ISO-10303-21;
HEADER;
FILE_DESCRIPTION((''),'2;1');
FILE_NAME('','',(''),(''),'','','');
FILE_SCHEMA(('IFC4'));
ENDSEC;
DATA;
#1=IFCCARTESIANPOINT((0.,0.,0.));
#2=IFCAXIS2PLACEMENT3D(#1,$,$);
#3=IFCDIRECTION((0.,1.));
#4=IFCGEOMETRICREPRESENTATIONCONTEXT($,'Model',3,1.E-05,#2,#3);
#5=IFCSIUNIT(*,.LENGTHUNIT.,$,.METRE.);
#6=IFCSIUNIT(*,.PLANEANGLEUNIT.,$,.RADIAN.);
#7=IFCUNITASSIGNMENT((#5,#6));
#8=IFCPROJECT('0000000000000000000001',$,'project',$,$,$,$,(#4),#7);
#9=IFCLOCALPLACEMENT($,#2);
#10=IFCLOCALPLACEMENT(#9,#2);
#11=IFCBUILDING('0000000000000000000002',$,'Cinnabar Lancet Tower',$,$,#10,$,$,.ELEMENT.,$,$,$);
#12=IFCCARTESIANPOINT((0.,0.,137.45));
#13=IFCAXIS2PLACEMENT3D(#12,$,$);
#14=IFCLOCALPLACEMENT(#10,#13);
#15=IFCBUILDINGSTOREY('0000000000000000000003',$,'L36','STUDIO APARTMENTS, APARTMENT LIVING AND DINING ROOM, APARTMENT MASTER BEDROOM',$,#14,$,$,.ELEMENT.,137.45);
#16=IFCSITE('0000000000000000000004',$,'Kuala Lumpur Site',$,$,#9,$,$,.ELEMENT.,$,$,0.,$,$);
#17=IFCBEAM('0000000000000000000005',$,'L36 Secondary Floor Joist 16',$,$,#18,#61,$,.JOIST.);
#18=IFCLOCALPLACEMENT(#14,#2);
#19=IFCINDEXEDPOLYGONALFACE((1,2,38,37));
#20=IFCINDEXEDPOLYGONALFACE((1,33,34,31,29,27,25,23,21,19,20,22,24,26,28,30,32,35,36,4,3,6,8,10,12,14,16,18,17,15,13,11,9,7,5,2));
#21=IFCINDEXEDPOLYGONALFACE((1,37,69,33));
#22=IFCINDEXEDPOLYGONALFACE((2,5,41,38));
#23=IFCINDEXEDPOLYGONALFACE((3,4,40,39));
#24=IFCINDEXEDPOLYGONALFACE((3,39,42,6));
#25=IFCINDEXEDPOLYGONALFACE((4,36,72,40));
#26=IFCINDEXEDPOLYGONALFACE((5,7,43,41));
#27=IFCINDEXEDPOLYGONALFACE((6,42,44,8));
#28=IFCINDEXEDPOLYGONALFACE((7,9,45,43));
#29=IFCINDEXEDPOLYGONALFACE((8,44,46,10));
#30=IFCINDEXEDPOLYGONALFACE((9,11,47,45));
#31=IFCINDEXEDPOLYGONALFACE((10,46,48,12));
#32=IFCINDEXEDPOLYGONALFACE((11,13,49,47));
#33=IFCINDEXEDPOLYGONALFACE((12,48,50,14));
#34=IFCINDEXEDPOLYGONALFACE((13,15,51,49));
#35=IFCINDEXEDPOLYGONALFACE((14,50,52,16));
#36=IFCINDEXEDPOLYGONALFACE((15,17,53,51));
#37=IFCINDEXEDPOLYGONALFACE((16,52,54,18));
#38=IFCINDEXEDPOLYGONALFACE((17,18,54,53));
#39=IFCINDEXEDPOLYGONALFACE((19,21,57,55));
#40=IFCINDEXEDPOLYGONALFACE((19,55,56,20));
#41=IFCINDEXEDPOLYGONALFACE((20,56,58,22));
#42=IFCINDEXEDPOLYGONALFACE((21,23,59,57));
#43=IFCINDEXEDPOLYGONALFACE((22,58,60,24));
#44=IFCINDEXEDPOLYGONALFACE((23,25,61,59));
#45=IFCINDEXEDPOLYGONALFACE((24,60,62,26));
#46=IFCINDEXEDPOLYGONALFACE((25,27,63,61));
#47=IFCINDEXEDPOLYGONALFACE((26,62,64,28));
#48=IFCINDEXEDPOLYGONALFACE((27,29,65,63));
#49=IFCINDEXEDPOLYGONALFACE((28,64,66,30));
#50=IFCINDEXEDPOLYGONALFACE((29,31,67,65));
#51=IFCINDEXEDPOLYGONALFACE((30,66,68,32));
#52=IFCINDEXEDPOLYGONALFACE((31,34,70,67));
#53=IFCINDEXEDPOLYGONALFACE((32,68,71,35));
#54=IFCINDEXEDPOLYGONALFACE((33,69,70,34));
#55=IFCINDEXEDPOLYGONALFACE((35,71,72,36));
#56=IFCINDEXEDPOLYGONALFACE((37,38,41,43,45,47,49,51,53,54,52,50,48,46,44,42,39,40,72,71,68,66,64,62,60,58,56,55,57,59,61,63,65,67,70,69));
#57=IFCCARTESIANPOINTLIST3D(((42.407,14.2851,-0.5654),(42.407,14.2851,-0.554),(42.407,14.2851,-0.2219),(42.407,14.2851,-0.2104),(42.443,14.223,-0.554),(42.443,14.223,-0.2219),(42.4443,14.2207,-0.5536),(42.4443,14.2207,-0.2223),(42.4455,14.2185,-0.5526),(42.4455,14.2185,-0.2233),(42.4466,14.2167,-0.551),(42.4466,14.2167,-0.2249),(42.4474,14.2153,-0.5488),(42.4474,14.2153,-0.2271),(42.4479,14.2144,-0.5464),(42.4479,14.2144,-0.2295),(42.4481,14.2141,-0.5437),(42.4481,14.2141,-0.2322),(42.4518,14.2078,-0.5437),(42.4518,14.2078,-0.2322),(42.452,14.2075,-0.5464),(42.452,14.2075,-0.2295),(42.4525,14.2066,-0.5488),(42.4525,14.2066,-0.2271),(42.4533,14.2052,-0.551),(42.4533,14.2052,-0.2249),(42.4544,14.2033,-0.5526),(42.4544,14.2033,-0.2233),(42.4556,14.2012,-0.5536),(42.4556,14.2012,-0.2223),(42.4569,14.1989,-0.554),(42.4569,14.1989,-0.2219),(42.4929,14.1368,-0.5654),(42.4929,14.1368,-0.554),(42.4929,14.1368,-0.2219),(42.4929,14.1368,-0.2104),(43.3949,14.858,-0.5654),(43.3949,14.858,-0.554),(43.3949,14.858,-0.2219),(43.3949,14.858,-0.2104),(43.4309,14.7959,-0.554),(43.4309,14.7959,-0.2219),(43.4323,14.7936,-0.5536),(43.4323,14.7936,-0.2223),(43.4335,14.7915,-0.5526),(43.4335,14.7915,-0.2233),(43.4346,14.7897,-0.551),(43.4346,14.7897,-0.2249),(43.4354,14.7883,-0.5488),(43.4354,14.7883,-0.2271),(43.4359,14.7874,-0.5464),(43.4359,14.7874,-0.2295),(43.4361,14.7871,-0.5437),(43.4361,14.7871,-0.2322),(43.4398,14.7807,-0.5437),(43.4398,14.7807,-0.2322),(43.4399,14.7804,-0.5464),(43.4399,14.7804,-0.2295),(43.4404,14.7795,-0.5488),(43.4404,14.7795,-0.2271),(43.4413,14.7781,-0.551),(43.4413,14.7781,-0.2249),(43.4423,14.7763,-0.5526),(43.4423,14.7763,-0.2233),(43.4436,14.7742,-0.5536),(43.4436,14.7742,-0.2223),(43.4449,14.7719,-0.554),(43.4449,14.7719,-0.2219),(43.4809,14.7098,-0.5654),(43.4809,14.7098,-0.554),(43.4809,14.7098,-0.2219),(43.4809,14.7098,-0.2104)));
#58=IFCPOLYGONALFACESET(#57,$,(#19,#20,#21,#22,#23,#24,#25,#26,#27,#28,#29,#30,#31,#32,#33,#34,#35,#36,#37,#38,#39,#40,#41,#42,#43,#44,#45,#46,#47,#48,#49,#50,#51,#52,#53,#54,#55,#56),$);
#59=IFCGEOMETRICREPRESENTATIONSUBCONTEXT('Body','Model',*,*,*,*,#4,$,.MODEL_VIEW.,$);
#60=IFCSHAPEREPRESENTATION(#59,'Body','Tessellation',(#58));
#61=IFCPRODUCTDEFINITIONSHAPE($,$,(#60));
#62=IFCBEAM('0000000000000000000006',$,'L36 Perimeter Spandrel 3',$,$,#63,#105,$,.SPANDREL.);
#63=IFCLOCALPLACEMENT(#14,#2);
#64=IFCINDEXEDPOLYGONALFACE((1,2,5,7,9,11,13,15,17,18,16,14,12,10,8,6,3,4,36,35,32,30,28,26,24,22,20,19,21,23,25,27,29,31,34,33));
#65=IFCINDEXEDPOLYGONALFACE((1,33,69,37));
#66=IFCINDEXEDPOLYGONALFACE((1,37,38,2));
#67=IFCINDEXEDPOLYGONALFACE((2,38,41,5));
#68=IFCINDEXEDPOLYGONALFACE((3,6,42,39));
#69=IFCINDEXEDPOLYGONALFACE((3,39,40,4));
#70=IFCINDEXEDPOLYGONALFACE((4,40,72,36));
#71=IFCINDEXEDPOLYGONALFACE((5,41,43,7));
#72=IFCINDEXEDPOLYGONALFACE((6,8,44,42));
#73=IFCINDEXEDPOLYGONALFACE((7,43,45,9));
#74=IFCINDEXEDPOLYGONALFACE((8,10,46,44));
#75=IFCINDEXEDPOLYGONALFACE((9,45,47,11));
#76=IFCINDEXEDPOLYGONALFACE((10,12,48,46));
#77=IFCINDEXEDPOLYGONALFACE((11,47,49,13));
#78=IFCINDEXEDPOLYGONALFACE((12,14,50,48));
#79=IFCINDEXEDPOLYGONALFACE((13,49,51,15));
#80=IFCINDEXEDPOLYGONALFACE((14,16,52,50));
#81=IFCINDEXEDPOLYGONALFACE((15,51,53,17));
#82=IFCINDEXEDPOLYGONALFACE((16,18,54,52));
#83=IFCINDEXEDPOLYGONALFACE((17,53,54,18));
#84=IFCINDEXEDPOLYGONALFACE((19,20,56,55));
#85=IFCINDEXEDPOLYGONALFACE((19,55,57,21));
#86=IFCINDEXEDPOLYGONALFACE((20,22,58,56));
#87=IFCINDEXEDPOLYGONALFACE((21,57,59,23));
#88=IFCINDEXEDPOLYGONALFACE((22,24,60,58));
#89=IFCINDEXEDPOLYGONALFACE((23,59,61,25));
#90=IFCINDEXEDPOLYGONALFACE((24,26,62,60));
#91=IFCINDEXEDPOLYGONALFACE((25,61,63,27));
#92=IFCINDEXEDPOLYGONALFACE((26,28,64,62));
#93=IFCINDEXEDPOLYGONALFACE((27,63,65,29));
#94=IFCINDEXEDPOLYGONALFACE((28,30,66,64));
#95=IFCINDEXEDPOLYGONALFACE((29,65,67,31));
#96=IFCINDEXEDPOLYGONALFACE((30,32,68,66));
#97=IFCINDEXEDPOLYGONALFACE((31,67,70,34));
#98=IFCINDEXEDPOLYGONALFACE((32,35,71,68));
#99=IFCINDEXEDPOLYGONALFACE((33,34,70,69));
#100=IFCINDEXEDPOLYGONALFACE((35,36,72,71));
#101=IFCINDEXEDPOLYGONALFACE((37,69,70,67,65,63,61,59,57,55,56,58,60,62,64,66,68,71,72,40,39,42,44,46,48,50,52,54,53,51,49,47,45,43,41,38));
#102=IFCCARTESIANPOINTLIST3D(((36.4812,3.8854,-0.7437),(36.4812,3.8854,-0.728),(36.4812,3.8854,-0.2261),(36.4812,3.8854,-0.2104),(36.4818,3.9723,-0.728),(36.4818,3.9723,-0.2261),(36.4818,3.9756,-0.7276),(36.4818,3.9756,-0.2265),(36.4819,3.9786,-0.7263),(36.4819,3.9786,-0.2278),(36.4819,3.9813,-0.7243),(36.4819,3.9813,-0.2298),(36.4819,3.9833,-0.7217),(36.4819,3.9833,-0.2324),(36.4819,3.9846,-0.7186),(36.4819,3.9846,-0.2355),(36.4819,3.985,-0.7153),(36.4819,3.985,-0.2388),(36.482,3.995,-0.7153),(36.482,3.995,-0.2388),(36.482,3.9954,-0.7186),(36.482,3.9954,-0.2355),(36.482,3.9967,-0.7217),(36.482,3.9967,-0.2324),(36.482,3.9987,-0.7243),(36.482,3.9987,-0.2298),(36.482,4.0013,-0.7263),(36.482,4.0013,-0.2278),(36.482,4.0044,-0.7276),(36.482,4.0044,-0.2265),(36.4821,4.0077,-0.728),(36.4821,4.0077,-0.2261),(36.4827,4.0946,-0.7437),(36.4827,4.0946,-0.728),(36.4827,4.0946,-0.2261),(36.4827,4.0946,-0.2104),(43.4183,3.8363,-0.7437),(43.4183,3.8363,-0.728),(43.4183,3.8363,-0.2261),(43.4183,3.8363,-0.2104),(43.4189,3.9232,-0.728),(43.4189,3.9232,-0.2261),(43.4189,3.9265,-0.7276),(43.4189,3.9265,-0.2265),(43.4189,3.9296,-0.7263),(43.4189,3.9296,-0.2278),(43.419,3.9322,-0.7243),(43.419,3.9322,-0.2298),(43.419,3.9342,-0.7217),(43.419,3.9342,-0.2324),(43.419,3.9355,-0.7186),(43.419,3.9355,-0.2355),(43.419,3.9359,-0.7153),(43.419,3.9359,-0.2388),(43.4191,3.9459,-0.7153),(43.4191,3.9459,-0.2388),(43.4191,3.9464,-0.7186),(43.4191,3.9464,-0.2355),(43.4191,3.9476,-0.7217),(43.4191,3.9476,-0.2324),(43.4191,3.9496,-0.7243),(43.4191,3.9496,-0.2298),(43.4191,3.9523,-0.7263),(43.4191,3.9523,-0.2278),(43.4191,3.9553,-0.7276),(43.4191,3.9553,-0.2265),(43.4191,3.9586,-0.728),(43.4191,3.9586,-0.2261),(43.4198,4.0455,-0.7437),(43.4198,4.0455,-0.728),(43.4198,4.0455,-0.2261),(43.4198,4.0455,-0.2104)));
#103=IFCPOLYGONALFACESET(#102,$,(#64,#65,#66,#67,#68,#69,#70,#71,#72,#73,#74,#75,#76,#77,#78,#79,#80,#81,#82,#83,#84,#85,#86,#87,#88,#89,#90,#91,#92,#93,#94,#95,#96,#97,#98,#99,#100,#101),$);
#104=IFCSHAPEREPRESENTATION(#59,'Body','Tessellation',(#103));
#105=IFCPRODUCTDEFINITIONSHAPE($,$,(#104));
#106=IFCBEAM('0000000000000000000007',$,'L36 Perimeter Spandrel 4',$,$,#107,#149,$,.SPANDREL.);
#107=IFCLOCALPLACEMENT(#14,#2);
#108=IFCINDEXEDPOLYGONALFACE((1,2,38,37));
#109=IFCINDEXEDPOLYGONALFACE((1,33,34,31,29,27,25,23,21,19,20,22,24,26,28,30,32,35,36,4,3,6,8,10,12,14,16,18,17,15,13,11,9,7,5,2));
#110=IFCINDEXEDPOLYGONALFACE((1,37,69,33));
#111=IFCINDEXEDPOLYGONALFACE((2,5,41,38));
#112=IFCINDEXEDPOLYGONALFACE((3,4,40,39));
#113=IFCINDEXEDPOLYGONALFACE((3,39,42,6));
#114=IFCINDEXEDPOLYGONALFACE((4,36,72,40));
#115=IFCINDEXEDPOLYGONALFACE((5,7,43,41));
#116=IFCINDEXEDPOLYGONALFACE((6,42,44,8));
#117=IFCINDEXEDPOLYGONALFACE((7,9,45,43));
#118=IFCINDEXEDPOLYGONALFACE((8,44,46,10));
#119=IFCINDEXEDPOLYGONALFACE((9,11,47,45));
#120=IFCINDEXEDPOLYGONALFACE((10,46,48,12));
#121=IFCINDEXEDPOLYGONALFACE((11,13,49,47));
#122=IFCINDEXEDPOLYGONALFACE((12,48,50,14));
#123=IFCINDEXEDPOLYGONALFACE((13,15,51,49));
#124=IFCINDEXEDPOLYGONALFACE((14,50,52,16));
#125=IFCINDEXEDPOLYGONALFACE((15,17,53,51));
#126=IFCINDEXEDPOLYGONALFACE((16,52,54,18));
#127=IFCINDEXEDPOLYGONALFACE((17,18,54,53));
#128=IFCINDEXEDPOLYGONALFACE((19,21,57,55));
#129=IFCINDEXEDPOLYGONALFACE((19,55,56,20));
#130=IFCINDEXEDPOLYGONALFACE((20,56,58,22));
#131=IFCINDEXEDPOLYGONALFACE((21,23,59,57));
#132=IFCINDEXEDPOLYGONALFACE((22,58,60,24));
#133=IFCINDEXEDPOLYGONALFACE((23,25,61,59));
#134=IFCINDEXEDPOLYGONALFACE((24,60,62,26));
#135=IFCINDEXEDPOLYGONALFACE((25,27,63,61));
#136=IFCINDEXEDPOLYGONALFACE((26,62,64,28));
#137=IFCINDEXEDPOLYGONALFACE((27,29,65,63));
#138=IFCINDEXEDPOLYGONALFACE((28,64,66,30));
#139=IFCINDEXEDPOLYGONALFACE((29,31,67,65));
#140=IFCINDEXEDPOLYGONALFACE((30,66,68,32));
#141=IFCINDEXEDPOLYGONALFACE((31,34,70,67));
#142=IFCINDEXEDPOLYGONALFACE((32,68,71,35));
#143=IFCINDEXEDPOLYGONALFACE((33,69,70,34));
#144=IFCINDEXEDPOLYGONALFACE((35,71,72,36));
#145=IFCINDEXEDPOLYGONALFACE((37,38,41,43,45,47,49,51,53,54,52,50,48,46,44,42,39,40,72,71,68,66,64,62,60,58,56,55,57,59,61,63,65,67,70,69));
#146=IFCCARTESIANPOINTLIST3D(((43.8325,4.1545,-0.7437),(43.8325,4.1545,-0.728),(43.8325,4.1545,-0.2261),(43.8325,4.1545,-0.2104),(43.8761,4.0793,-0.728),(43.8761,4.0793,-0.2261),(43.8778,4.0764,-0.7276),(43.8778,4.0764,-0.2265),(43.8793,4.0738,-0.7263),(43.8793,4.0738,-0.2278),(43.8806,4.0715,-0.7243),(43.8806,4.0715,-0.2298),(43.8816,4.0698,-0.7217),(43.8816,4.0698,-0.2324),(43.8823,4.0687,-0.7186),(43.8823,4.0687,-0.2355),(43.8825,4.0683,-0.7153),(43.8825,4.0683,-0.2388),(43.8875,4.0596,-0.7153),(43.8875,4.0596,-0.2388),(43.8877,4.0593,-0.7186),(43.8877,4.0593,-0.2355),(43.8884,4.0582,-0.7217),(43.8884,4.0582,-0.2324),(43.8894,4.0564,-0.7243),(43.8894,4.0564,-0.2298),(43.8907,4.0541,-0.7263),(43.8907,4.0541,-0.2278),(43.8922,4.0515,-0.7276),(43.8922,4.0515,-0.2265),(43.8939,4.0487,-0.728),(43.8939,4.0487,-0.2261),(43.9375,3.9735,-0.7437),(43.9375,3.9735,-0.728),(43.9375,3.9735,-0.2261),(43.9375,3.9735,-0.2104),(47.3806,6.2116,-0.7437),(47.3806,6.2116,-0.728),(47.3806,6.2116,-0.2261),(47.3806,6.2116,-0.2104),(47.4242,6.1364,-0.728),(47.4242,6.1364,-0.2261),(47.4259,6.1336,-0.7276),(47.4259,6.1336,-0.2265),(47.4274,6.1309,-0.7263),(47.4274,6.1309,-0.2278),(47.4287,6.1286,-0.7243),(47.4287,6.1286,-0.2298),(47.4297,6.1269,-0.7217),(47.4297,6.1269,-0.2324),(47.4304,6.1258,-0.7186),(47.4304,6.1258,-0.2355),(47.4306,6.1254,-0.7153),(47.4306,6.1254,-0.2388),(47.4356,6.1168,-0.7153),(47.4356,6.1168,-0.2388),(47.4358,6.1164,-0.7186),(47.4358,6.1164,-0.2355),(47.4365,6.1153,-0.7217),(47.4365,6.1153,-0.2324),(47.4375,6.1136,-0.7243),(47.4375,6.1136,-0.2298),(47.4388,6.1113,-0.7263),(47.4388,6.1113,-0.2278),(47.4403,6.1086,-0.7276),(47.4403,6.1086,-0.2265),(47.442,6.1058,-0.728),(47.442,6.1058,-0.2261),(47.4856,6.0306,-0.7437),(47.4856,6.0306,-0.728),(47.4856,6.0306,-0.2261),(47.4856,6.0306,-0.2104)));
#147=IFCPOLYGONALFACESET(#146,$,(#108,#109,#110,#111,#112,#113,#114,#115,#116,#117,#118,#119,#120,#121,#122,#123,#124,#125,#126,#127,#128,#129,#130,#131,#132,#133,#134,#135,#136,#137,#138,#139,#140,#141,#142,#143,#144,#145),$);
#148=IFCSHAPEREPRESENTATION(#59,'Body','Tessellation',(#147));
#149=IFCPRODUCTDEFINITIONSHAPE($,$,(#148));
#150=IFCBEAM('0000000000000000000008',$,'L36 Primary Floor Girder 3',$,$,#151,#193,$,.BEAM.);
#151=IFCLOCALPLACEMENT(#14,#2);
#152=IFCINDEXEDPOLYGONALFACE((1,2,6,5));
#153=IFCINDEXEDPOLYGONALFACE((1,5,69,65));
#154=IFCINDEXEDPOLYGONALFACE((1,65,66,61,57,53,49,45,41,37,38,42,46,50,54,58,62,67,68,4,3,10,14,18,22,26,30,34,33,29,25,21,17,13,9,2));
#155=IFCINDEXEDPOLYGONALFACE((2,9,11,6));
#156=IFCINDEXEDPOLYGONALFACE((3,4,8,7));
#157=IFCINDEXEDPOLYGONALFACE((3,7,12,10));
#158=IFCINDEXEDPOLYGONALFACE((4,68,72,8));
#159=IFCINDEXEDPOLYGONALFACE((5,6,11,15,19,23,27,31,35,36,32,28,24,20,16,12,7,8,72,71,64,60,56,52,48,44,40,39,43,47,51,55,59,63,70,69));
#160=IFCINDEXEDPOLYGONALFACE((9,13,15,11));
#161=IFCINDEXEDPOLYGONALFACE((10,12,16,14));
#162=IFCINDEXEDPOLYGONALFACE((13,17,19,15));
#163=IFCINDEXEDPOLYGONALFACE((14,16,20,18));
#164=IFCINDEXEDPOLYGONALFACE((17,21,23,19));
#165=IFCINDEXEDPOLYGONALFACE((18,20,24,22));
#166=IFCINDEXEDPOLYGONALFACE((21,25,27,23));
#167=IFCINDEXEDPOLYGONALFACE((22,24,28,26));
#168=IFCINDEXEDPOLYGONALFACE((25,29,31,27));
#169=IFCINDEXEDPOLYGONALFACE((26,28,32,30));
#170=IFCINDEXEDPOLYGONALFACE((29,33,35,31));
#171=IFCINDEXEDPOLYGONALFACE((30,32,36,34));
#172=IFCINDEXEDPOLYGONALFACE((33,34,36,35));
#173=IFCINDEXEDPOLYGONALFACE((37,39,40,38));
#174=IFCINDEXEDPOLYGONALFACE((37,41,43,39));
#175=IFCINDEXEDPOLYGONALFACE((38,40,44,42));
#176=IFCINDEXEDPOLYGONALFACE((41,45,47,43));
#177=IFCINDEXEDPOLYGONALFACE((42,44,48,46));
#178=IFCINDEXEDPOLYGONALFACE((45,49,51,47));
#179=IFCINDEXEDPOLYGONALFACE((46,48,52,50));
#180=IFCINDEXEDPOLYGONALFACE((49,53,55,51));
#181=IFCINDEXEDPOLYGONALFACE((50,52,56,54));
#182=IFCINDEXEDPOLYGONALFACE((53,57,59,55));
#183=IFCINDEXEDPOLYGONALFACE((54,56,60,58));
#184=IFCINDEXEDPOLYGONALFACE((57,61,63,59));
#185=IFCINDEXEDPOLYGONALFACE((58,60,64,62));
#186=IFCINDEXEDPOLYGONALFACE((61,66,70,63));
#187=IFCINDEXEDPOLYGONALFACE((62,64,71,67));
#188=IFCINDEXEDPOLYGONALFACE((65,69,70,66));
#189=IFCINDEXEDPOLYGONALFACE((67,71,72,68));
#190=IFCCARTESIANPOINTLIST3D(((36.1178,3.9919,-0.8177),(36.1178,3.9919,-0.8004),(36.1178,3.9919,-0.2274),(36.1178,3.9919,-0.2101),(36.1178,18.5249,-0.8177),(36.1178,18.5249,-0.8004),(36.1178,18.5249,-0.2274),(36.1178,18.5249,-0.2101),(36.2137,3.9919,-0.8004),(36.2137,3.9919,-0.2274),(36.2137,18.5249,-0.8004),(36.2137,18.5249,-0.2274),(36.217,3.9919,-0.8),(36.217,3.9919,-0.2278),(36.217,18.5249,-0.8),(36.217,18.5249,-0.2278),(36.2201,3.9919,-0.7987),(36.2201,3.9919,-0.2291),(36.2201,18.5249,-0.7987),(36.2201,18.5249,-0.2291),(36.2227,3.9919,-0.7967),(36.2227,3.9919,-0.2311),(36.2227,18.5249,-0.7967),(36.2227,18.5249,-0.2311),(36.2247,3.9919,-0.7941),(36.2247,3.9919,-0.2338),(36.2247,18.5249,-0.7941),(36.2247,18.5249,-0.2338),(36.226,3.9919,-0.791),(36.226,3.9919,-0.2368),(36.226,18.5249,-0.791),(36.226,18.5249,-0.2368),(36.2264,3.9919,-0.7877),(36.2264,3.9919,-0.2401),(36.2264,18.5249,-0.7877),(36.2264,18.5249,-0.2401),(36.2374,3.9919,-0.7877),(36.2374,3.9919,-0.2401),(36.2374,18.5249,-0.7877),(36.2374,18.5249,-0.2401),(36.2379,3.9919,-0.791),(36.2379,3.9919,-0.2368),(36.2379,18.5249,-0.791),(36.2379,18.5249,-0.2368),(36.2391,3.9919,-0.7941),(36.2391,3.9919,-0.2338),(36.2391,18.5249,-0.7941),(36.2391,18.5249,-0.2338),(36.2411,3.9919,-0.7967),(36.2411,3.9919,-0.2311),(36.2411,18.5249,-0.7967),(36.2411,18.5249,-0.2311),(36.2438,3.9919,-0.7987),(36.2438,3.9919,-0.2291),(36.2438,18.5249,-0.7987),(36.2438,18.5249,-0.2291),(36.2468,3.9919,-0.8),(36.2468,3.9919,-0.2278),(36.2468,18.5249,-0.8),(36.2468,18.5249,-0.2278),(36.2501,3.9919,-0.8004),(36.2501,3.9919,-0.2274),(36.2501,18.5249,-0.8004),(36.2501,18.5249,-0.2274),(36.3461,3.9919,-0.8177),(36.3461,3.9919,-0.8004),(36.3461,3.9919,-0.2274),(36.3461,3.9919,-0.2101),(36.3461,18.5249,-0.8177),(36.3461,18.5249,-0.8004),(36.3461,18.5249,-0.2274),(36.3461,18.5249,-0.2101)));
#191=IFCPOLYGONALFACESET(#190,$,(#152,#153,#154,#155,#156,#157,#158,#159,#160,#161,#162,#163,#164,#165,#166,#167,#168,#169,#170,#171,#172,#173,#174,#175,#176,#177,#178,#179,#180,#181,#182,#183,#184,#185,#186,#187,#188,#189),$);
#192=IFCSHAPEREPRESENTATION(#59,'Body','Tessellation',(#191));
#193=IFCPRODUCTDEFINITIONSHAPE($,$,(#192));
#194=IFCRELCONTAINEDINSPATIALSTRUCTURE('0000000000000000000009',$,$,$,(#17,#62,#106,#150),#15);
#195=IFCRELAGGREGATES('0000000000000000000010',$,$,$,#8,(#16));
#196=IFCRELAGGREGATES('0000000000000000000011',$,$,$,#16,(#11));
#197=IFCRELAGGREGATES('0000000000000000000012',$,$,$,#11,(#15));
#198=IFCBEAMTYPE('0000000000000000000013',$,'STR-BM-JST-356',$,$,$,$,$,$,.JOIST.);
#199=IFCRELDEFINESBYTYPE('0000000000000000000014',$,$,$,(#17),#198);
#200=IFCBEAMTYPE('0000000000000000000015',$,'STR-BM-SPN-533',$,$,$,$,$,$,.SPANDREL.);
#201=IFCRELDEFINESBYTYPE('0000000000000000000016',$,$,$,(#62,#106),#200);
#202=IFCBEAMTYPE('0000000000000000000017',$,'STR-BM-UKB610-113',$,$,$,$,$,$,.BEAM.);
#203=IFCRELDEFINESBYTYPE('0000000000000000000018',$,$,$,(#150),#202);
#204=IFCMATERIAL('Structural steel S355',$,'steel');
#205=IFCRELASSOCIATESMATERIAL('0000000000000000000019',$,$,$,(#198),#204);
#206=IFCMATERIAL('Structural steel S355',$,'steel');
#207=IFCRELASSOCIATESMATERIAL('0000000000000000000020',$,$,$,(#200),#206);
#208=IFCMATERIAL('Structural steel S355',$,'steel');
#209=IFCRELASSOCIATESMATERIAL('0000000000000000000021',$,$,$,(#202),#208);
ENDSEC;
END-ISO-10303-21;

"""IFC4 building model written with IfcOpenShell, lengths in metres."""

from ifc_helpers import new_model, si_unit, direction, frame, origin, origin_2d, place, context, subcontext, project, spatial, i_section, extrude, material, material_profile, profile_set, type_object, element, save


model = new_model("IFC4")

# Units and contexts
model_context = context("Model", 3, precision=1e-05, world=origin(), true_north=direction((0.0, 1.0)))
body_context = subcontext(model_context, "Body", "Model", "MODEL_VIEW")
ifc_project = project(units=[si_unit("LENGTHUNIT", "METRE"), si_unit("PLANEANGLEUNIT", "RADIAN")], contexts=[model_context])

# Site, building, storey
site_placement = place(None, origin())
site = spatial("IfcSite", under=ifc_project, at=site_placement, Name="Kuala Lumpur Site", CompositionType="ELEMENT", RefElevation=0.0)
building_placement = place(site_placement, origin())
building = spatial("IfcBuilding", under=site, at=building_placement, Name="Cinnabar Lancet Tower", CompositionType="ELEMENT")
storey_placement = place(building_placement, frame((0.0, 0.0, 137.45)))
storey = spatial("IfcBuildingStorey", under=building, at=storey_placement, Name="L36", Description="STUDIO APARTMENTS, APARTMENT LIVING AND DINING ROOM, APARTMENT MASTER BEDROOM", CompositionType="ELEMENT", Elevation=137.45)

# Beams
ifc_material_1 = material(Name="Structural steel S355", Category="steel")
ifc_material_profile_1 = material_profile(ifc_material_1, i_section(OverallWidth=0.1714, OverallDepth=0.355, WebThickness=0.0073, FlangeThickness=0.0115, FilletRadius=0.0103, at=origin_2d()), Name="UKB 356x171x51")
ifc_profile_set_1 = profile_set([ifc_material_profile_1], Name="Structural steel S355")
beam_type_1 = type_object("IfcBeamType", Name="STR-BM-JST-356", PredefinedType="JOIST", material=ifc_profile_set_1)
beam_1_placement = place(storey_placement, frame((42.45, 14.2109, -0.3879), z_axis=(0.865055, 0.501677, 0.0), x_axis=(-0.501677, 0.865055, 0.0)))
element("IfcBeam", 1, at=beam_1_placement, inside=storey, type_object=beam_type_1, Name="L36 Secondary Floor Joist 16", PredefinedType="JOIST", context=body_context, shape_type="SweptSolid", body=[
    extrude(i_section(OverallWidth=0.1714, OverallDepth=0.355, WebThickness=0.0073, FlangeThickness=0.0115, FilletRadius=0.0103, at=origin_2d()), origin(), (0.0, 0.0, 1.0), 1.1421),
])
ifc_material_2 = material(Name="Structural steel S355", Category="steel")
ifc_material_profile_2 = material_profile(ifc_material_2, i_section(OverallWidth=0.2092, OverallDepth=0.5332, WebThickness=0.01, FlangeThickness=0.0156, FilletRadius=0.0127, at=origin_2d()), Name="UKB 533x210x92")
ifc_profile_set_2 = profile_set([ifc_material_profile_2], Name="Structural steel S355")
beam_type_2 = type_object("IfcBeamType", Name="STR-BM-SPN-533", PredefinedType="SPANDREL", material=ifc_profile_set_2)
beam_2_placement = place(storey_placement, frame((36.4819, 3.99, -0.4771), z_axis=(0.999975, -0.007074, 0.0), x_axis=(0.007074, 0.999975, 0.0)))
element("IfcBeam", 2, at=beam_2_placement, inside=storey, type_object=beam_type_2, Name="L36 Perimeter Spandrel 3", PredefinedType="SPANDREL", context=body_context, shape_type="SweptSolid", body=[
    extrude(i_section(OverallWidth=0.2092, OverallDepth=0.5332, WebThickness=0.01, FlangeThickness=0.0156, FilletRadius=0.0127, at=origin_2d()), origin(), (0.0, 0.0, 1.0), 6.9373),
])
beam_3_placement = place(storey_placement, frame((43.885, 4.064, -0.4771), z_axis=(0.865112, 0.501578, 0.0), x_axis=(-0.501578, 0.865112, 0.0)))
element("IfcBeam", 3, at=beam_3_placement, inside=storey, type_object=beam_type_2, Name="L36 Perimeter Spandrel 4", PredefinedType="SPANDREL", context=body_context, shape_type="SweptSolid", body=[
    extrude(i_section(OverallWidth=0.2092, OverallDepth=0.5332, WebThickness=0.01, FlangeThickness=0.0156, FilletRadius=0.0127, at=origin_2d()), origin(), (0.0, 0.0, 1.0), 4.1013),
])
ifc_material_3 = material(Name="Structural steel S355", Category="steel")
ifc_material_profile_3 = material_profile(ifc_material_3, i_section(OverallWidth=0.2283, OverallDepth=0.6077, WebThickness=0.011, FlangeThickness=0.0173, FilletRadius=0.0127, at=origin_2d()), Name="UKB 610x229x113")
ifc_profile_set_3 = profile_set([ifc_material_profile_3], Name="Structural steel S355")
beam_type_3 = type_object("IfcBeamType", Name="STR-BM-UKB610-113", PredefinedType="BEAM", material=ifc_profile_set_3)
beam_4_placement = place(storey_placement, frame((36.2319, 3.9919, -0.5139), z_axis=(0.0, 1.0, 0.0), x_axis=(-1.0, 0.0, 0.0)))
element("IfcBeam", 4, at=beam_4_placement, inside=storey, type_object=beam_type_3, Name="L36 Primary Floor Girder 3", PredefinedType="BEAM", context=body_context, shape_type="SweptSolid", body=[
    extrude(i_section(OverallWidth=0.2283, OverallDepth=0.6077, WebThickness=0.011, FlangeThickness=0.0173, FilletRadius=0.0127, at=origin_2d()), origin(), (0.0, 0.0, 1.0), 14.533),
])

save(model, "model.ifc")
